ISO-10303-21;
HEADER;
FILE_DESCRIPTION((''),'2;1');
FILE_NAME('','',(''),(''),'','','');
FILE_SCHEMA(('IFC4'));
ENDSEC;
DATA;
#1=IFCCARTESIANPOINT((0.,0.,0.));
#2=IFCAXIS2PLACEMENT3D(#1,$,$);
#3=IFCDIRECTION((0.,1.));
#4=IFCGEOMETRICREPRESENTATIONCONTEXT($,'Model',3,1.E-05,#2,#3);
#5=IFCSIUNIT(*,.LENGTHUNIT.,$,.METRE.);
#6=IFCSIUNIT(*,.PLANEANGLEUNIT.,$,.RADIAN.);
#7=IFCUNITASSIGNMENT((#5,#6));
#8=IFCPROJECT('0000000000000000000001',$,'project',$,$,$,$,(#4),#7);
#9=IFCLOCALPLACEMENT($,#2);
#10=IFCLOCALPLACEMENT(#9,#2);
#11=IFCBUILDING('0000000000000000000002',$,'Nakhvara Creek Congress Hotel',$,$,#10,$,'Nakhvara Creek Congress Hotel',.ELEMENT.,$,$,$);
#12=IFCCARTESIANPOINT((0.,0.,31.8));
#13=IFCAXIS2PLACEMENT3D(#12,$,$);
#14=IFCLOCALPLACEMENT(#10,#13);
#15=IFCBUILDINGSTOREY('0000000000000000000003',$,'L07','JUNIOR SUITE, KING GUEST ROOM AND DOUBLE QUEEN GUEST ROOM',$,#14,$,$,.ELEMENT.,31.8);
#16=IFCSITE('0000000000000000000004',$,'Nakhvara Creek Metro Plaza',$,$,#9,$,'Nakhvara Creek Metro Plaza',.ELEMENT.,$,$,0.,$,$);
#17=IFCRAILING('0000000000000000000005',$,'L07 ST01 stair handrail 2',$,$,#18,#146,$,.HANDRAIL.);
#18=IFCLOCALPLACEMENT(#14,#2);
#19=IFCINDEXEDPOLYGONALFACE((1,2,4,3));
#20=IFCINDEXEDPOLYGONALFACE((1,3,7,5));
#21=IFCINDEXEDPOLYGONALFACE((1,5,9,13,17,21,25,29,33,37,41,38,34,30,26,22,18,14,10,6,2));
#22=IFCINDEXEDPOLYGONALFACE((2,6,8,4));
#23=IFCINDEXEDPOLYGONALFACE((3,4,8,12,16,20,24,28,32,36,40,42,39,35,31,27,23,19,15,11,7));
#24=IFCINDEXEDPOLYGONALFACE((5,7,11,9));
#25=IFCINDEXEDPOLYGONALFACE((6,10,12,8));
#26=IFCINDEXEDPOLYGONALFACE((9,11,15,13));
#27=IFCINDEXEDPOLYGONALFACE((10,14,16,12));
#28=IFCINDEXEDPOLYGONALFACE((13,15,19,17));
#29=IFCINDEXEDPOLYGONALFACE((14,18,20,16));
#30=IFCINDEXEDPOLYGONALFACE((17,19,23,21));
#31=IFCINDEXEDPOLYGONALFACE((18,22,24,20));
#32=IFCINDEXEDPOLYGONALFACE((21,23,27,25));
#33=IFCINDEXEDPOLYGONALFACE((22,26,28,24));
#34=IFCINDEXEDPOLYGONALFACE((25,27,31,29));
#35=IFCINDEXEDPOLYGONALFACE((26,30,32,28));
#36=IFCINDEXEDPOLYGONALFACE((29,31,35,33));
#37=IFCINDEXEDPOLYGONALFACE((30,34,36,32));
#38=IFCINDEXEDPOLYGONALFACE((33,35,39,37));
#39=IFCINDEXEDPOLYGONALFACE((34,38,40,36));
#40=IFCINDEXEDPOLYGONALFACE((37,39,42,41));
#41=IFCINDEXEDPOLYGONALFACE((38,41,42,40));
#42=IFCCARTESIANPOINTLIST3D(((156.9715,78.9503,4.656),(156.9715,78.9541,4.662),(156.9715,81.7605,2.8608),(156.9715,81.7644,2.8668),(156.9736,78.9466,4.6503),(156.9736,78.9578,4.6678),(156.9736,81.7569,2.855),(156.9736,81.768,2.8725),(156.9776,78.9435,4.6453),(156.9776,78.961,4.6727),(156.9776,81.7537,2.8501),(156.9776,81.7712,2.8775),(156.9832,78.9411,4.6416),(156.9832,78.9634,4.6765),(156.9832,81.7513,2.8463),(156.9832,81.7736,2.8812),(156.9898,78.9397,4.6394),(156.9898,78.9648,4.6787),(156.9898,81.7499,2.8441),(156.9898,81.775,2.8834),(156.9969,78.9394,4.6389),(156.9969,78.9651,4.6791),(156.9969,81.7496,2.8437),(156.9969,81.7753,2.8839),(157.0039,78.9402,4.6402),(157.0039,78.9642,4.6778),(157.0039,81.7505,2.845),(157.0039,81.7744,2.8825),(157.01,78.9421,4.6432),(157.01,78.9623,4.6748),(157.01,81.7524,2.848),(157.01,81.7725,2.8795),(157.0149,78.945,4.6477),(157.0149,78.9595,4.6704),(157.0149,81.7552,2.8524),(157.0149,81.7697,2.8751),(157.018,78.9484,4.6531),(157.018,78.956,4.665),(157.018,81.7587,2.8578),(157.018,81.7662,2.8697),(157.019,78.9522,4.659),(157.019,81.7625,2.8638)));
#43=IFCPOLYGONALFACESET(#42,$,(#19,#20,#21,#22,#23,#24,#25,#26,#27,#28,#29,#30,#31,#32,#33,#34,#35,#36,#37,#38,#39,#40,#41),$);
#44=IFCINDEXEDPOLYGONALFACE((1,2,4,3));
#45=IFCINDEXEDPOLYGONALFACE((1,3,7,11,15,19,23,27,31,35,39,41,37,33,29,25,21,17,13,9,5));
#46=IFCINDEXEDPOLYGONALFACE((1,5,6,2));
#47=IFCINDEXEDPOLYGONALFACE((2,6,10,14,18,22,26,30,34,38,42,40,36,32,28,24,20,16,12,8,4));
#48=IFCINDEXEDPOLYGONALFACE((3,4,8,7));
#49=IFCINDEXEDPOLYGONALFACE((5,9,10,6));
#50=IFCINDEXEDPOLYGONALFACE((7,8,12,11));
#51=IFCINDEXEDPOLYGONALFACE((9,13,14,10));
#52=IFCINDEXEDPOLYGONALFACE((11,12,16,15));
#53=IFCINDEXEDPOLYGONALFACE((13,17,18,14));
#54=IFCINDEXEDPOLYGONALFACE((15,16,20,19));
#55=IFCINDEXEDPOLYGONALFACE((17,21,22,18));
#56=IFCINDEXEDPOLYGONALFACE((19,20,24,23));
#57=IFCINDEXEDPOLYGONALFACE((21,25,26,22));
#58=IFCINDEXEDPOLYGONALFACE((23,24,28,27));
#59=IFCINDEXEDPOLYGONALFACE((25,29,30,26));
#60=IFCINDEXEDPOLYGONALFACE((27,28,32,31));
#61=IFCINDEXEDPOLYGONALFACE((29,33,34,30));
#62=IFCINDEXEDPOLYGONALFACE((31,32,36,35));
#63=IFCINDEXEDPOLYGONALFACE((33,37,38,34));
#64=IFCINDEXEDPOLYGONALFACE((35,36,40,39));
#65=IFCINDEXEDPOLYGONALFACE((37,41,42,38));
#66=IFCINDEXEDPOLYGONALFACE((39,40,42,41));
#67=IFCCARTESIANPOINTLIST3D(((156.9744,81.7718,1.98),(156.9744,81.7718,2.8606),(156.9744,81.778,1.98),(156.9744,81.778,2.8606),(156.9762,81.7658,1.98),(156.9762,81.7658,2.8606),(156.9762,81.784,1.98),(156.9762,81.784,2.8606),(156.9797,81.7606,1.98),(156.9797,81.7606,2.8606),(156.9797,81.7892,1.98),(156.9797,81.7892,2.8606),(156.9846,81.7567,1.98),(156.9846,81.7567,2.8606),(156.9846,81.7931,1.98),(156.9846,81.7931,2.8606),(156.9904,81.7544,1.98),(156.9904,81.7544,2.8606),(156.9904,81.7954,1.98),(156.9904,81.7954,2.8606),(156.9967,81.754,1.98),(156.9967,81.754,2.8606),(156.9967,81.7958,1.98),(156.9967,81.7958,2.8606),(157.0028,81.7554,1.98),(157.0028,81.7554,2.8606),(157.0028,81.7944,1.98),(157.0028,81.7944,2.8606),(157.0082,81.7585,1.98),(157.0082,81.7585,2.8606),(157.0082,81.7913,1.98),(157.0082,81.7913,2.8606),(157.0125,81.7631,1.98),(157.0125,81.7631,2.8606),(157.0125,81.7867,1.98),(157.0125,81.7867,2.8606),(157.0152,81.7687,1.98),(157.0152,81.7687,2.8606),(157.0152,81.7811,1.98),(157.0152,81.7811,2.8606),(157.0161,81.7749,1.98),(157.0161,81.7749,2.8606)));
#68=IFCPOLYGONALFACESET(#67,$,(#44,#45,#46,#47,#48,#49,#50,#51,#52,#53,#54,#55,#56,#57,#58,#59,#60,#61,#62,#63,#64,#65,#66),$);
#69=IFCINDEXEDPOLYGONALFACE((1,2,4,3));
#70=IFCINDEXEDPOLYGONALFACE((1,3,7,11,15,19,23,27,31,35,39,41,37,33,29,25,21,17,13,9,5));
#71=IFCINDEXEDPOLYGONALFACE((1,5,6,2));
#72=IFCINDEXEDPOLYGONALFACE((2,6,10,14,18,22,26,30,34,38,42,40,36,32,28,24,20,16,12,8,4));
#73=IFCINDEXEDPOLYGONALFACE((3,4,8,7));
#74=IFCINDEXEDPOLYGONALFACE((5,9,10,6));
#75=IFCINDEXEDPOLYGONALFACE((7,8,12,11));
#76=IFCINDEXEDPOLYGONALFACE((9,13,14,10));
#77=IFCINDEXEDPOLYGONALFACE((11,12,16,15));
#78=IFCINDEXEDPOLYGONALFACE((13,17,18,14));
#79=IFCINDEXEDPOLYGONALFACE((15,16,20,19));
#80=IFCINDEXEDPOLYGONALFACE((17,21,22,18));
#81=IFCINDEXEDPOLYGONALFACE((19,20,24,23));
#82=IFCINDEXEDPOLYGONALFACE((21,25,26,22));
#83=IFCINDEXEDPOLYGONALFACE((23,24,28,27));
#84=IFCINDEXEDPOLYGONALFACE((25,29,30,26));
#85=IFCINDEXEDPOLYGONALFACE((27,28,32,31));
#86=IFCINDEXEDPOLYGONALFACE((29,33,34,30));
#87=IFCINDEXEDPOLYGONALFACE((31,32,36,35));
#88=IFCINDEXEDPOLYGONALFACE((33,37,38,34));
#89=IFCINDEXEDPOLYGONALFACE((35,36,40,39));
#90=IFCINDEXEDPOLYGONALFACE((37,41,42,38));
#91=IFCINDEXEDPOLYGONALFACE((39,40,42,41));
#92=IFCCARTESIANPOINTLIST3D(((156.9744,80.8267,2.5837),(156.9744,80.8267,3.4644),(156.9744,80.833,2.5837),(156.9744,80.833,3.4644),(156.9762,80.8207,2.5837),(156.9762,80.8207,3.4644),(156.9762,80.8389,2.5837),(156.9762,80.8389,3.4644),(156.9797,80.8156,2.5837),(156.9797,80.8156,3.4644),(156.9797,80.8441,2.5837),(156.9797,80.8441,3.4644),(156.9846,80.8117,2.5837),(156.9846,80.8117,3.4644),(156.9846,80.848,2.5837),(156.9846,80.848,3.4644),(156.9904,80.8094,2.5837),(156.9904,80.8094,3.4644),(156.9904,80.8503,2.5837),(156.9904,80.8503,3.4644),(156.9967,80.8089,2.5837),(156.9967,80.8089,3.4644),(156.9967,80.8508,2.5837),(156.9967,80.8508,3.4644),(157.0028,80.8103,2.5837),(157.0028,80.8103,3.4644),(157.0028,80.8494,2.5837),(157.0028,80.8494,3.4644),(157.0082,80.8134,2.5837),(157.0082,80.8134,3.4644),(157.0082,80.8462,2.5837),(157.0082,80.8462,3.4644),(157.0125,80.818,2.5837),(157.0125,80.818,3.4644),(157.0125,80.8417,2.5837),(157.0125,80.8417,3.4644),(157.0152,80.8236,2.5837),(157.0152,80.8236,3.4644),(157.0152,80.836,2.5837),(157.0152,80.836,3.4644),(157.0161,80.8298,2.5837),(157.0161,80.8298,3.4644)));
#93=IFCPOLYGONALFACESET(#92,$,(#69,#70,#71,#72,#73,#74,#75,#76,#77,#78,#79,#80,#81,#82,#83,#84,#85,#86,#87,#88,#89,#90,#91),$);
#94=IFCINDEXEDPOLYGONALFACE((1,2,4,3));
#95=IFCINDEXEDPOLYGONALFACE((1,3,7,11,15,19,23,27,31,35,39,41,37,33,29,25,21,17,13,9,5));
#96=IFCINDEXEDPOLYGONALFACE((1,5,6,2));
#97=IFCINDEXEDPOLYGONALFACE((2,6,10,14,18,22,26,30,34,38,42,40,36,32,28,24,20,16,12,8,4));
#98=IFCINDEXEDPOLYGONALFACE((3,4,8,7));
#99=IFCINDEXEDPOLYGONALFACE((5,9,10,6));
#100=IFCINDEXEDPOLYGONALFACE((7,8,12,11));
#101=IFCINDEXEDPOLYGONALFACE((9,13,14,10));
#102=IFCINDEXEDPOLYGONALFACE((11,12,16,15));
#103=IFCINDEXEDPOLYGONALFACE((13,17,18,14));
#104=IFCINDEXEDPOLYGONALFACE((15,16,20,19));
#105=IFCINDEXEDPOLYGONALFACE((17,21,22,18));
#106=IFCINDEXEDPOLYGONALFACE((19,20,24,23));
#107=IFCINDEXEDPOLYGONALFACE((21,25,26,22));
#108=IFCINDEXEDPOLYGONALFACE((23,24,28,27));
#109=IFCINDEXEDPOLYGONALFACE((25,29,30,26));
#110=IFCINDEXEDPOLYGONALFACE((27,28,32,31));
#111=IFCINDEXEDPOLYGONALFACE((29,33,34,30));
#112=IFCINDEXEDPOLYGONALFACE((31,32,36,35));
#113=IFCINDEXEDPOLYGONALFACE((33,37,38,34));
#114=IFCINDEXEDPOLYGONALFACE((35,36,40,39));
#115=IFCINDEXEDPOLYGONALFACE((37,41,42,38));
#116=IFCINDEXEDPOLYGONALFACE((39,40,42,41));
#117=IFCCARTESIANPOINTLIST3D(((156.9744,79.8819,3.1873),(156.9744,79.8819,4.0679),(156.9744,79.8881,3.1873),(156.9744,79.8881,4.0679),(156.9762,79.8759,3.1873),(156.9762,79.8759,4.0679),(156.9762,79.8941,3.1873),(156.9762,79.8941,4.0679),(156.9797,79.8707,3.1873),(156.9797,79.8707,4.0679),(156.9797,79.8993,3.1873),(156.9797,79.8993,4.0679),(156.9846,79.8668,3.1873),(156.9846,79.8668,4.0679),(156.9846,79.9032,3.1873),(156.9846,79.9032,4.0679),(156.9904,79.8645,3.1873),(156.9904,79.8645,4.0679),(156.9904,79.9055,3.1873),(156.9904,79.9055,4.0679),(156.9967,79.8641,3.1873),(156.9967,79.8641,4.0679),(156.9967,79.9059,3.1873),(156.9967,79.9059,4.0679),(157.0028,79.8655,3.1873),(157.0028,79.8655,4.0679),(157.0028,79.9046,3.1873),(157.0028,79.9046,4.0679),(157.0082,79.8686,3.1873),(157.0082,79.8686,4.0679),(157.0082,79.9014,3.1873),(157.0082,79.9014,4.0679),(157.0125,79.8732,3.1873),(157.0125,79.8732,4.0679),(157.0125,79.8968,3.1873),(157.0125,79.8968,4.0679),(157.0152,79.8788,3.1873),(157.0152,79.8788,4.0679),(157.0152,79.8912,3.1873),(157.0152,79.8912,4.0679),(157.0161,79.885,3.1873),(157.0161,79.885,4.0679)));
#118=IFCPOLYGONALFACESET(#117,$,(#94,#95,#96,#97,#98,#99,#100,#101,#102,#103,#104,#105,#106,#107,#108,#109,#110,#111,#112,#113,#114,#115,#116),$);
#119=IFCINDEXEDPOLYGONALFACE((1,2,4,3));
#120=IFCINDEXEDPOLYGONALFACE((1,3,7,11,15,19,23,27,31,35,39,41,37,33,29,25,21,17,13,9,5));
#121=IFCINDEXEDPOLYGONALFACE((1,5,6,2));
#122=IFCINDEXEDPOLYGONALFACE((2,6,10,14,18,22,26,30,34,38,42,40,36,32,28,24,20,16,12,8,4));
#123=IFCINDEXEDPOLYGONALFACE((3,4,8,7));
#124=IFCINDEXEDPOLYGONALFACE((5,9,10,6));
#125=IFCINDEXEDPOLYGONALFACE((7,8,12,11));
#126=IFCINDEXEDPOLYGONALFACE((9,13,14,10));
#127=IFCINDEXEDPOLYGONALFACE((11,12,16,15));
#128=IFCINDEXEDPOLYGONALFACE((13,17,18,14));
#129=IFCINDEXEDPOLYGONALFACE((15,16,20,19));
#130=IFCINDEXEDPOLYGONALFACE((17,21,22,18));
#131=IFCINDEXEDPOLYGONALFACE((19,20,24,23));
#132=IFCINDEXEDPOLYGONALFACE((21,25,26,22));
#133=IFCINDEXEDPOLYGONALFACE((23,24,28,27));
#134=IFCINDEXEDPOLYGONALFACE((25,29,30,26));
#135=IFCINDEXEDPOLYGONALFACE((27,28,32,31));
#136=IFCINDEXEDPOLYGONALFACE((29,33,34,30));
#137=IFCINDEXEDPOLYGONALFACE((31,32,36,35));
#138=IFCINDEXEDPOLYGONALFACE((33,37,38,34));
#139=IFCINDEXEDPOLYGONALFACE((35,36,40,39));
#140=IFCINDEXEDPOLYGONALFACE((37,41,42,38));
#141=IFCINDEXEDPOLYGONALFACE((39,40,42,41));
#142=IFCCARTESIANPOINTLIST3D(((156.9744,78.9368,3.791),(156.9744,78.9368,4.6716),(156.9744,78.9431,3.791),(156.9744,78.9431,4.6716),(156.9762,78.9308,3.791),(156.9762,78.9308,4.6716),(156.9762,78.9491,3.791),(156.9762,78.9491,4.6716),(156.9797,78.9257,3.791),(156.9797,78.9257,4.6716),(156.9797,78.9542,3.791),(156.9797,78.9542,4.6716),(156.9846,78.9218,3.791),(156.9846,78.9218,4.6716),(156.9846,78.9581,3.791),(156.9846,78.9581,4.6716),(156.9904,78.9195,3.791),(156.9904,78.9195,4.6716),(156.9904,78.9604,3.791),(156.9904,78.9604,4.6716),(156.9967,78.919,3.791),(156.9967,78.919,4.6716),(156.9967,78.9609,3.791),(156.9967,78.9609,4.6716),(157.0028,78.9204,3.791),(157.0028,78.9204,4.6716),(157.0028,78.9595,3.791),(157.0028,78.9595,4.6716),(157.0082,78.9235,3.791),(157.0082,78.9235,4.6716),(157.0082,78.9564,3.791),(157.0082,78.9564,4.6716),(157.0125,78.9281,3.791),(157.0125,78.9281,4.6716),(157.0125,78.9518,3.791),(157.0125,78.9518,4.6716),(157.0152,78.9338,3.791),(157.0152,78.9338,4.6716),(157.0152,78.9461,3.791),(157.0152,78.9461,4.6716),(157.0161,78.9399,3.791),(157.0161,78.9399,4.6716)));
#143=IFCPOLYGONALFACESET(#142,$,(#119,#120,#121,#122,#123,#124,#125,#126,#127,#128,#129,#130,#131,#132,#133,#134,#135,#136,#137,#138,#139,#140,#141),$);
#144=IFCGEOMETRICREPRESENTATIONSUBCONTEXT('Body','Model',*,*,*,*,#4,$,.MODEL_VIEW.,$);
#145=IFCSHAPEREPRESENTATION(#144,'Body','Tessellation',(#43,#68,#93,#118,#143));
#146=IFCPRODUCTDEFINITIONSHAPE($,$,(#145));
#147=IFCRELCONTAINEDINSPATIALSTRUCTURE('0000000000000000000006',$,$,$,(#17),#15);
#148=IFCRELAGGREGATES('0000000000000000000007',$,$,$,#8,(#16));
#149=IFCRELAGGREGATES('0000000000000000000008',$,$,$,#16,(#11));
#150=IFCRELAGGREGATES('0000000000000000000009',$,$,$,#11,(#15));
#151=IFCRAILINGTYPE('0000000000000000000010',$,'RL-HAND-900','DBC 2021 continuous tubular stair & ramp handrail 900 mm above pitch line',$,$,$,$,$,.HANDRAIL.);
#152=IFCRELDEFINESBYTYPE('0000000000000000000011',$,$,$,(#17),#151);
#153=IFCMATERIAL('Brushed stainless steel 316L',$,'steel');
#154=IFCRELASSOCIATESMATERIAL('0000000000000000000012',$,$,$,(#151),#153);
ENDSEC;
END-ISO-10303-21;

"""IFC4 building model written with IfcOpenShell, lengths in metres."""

from ifc_helpers import new_model, si_unit, direction, frame, origin, origin_2d, place, context, subcontext, project, spatial, circle, extrude, material, type_object, element, save


model = new_model("IFC4")

# Units and contexts
model_context = context("Model", 3, precision=1e-05, world=origin(), true_north=direction((0.0, 1.0)))
body_context = subcontext(model_context, "Body", "Model", "MODEL_VIEW")
ifc_project = project(units=[si_unit("LENGTHUNIT", "METRE"), si_unit("PLANEANGLEUNIT", "RADIAN")], contexts=[model_context])

# Site, building, storey
site_placement = place(None, origin())
site = spatial("IfcSite", under=ifc_project, at=site_placement, Name="Nakhvara Creek Metro Plaza", LongName="Nakhvara Creek Metro Plaza", CompositionType="ELEMENT", RefElevation=0.0)
building_placement = place(site_placement, origin())
building = spatial("IfcBuilding", under=site, at=building_placement, Name="Nakhvara Creek Congress Hotel", LongName="Nakhvara Creek Congress Hotel", CompositionType="ELEMENT")
storey_placement = place(building_placement, frame((0.0, 0.0, 31.8)))
storey = spatial("IfcBuildingStorey", under=building, at=storey_placement, Name="L07", Description="JUNIOR SUITE, KING GUEST ROOM AND DOUBLE QUEEN GUEST ROOM", CompositionType="ELEMENT", Elevation=31.8)

# Railing
ifc_material_1 = material(Name="Brushed stainless steel 316L", Category="steel")
railing_type_1 = type_object("IfcRailingType", Name="RL-HAND-900", Description="DBC 2021 continuous tubular stair & ramp handrail 900 mm above pitch line", PredefinedType="HANDRAIL", material=ifc_material_1)
railing_1_placement = place(storey_placement, frame((156.9951, 81.7749, 1.98)))
element("IfcRailing", 1, at=railing_1_placement, inside=storey, type_object=railing_type_1, Name="L07 ST01 stair handrail 2", PredefinedType="HANDRAIL", context=body_context, shape_type="SweptSolid", body=[
    extrude(circle(Radius=0.0239, at=origin_2d()), frame((0.0, -0.0125, 0.8838), z_axis=(0.0, -0.842722, 0.538349), x_axis=(1.0, 0.0, 0.0)), (0.0, 0.0, 1.0), 3.3347),
    extrude(circle(Radius=0.021, at=origin_2d()), origin(), (0.0, 0.0, 1.0), 0.8806),
    extrude(circle(Radius=0.021, at=origin_2d()), frame((0.0, -0.9451, 0.6038)), (0.0, 0.0, 1.0), 0.8806),
    extrude(circle(Radius=0.021, at=origin_2d()), frame((0.0, -1.8899, 1.2073)), (0.0, 0.0, 1.0), 0.8806),
    extrude(circle(Radius=0.021, at=origin_2d()), frame((0.0, -2.835, 1.811)), (0.0, 0.0, 1.0), 0.8806),
])

save(model, "model.ifc")
